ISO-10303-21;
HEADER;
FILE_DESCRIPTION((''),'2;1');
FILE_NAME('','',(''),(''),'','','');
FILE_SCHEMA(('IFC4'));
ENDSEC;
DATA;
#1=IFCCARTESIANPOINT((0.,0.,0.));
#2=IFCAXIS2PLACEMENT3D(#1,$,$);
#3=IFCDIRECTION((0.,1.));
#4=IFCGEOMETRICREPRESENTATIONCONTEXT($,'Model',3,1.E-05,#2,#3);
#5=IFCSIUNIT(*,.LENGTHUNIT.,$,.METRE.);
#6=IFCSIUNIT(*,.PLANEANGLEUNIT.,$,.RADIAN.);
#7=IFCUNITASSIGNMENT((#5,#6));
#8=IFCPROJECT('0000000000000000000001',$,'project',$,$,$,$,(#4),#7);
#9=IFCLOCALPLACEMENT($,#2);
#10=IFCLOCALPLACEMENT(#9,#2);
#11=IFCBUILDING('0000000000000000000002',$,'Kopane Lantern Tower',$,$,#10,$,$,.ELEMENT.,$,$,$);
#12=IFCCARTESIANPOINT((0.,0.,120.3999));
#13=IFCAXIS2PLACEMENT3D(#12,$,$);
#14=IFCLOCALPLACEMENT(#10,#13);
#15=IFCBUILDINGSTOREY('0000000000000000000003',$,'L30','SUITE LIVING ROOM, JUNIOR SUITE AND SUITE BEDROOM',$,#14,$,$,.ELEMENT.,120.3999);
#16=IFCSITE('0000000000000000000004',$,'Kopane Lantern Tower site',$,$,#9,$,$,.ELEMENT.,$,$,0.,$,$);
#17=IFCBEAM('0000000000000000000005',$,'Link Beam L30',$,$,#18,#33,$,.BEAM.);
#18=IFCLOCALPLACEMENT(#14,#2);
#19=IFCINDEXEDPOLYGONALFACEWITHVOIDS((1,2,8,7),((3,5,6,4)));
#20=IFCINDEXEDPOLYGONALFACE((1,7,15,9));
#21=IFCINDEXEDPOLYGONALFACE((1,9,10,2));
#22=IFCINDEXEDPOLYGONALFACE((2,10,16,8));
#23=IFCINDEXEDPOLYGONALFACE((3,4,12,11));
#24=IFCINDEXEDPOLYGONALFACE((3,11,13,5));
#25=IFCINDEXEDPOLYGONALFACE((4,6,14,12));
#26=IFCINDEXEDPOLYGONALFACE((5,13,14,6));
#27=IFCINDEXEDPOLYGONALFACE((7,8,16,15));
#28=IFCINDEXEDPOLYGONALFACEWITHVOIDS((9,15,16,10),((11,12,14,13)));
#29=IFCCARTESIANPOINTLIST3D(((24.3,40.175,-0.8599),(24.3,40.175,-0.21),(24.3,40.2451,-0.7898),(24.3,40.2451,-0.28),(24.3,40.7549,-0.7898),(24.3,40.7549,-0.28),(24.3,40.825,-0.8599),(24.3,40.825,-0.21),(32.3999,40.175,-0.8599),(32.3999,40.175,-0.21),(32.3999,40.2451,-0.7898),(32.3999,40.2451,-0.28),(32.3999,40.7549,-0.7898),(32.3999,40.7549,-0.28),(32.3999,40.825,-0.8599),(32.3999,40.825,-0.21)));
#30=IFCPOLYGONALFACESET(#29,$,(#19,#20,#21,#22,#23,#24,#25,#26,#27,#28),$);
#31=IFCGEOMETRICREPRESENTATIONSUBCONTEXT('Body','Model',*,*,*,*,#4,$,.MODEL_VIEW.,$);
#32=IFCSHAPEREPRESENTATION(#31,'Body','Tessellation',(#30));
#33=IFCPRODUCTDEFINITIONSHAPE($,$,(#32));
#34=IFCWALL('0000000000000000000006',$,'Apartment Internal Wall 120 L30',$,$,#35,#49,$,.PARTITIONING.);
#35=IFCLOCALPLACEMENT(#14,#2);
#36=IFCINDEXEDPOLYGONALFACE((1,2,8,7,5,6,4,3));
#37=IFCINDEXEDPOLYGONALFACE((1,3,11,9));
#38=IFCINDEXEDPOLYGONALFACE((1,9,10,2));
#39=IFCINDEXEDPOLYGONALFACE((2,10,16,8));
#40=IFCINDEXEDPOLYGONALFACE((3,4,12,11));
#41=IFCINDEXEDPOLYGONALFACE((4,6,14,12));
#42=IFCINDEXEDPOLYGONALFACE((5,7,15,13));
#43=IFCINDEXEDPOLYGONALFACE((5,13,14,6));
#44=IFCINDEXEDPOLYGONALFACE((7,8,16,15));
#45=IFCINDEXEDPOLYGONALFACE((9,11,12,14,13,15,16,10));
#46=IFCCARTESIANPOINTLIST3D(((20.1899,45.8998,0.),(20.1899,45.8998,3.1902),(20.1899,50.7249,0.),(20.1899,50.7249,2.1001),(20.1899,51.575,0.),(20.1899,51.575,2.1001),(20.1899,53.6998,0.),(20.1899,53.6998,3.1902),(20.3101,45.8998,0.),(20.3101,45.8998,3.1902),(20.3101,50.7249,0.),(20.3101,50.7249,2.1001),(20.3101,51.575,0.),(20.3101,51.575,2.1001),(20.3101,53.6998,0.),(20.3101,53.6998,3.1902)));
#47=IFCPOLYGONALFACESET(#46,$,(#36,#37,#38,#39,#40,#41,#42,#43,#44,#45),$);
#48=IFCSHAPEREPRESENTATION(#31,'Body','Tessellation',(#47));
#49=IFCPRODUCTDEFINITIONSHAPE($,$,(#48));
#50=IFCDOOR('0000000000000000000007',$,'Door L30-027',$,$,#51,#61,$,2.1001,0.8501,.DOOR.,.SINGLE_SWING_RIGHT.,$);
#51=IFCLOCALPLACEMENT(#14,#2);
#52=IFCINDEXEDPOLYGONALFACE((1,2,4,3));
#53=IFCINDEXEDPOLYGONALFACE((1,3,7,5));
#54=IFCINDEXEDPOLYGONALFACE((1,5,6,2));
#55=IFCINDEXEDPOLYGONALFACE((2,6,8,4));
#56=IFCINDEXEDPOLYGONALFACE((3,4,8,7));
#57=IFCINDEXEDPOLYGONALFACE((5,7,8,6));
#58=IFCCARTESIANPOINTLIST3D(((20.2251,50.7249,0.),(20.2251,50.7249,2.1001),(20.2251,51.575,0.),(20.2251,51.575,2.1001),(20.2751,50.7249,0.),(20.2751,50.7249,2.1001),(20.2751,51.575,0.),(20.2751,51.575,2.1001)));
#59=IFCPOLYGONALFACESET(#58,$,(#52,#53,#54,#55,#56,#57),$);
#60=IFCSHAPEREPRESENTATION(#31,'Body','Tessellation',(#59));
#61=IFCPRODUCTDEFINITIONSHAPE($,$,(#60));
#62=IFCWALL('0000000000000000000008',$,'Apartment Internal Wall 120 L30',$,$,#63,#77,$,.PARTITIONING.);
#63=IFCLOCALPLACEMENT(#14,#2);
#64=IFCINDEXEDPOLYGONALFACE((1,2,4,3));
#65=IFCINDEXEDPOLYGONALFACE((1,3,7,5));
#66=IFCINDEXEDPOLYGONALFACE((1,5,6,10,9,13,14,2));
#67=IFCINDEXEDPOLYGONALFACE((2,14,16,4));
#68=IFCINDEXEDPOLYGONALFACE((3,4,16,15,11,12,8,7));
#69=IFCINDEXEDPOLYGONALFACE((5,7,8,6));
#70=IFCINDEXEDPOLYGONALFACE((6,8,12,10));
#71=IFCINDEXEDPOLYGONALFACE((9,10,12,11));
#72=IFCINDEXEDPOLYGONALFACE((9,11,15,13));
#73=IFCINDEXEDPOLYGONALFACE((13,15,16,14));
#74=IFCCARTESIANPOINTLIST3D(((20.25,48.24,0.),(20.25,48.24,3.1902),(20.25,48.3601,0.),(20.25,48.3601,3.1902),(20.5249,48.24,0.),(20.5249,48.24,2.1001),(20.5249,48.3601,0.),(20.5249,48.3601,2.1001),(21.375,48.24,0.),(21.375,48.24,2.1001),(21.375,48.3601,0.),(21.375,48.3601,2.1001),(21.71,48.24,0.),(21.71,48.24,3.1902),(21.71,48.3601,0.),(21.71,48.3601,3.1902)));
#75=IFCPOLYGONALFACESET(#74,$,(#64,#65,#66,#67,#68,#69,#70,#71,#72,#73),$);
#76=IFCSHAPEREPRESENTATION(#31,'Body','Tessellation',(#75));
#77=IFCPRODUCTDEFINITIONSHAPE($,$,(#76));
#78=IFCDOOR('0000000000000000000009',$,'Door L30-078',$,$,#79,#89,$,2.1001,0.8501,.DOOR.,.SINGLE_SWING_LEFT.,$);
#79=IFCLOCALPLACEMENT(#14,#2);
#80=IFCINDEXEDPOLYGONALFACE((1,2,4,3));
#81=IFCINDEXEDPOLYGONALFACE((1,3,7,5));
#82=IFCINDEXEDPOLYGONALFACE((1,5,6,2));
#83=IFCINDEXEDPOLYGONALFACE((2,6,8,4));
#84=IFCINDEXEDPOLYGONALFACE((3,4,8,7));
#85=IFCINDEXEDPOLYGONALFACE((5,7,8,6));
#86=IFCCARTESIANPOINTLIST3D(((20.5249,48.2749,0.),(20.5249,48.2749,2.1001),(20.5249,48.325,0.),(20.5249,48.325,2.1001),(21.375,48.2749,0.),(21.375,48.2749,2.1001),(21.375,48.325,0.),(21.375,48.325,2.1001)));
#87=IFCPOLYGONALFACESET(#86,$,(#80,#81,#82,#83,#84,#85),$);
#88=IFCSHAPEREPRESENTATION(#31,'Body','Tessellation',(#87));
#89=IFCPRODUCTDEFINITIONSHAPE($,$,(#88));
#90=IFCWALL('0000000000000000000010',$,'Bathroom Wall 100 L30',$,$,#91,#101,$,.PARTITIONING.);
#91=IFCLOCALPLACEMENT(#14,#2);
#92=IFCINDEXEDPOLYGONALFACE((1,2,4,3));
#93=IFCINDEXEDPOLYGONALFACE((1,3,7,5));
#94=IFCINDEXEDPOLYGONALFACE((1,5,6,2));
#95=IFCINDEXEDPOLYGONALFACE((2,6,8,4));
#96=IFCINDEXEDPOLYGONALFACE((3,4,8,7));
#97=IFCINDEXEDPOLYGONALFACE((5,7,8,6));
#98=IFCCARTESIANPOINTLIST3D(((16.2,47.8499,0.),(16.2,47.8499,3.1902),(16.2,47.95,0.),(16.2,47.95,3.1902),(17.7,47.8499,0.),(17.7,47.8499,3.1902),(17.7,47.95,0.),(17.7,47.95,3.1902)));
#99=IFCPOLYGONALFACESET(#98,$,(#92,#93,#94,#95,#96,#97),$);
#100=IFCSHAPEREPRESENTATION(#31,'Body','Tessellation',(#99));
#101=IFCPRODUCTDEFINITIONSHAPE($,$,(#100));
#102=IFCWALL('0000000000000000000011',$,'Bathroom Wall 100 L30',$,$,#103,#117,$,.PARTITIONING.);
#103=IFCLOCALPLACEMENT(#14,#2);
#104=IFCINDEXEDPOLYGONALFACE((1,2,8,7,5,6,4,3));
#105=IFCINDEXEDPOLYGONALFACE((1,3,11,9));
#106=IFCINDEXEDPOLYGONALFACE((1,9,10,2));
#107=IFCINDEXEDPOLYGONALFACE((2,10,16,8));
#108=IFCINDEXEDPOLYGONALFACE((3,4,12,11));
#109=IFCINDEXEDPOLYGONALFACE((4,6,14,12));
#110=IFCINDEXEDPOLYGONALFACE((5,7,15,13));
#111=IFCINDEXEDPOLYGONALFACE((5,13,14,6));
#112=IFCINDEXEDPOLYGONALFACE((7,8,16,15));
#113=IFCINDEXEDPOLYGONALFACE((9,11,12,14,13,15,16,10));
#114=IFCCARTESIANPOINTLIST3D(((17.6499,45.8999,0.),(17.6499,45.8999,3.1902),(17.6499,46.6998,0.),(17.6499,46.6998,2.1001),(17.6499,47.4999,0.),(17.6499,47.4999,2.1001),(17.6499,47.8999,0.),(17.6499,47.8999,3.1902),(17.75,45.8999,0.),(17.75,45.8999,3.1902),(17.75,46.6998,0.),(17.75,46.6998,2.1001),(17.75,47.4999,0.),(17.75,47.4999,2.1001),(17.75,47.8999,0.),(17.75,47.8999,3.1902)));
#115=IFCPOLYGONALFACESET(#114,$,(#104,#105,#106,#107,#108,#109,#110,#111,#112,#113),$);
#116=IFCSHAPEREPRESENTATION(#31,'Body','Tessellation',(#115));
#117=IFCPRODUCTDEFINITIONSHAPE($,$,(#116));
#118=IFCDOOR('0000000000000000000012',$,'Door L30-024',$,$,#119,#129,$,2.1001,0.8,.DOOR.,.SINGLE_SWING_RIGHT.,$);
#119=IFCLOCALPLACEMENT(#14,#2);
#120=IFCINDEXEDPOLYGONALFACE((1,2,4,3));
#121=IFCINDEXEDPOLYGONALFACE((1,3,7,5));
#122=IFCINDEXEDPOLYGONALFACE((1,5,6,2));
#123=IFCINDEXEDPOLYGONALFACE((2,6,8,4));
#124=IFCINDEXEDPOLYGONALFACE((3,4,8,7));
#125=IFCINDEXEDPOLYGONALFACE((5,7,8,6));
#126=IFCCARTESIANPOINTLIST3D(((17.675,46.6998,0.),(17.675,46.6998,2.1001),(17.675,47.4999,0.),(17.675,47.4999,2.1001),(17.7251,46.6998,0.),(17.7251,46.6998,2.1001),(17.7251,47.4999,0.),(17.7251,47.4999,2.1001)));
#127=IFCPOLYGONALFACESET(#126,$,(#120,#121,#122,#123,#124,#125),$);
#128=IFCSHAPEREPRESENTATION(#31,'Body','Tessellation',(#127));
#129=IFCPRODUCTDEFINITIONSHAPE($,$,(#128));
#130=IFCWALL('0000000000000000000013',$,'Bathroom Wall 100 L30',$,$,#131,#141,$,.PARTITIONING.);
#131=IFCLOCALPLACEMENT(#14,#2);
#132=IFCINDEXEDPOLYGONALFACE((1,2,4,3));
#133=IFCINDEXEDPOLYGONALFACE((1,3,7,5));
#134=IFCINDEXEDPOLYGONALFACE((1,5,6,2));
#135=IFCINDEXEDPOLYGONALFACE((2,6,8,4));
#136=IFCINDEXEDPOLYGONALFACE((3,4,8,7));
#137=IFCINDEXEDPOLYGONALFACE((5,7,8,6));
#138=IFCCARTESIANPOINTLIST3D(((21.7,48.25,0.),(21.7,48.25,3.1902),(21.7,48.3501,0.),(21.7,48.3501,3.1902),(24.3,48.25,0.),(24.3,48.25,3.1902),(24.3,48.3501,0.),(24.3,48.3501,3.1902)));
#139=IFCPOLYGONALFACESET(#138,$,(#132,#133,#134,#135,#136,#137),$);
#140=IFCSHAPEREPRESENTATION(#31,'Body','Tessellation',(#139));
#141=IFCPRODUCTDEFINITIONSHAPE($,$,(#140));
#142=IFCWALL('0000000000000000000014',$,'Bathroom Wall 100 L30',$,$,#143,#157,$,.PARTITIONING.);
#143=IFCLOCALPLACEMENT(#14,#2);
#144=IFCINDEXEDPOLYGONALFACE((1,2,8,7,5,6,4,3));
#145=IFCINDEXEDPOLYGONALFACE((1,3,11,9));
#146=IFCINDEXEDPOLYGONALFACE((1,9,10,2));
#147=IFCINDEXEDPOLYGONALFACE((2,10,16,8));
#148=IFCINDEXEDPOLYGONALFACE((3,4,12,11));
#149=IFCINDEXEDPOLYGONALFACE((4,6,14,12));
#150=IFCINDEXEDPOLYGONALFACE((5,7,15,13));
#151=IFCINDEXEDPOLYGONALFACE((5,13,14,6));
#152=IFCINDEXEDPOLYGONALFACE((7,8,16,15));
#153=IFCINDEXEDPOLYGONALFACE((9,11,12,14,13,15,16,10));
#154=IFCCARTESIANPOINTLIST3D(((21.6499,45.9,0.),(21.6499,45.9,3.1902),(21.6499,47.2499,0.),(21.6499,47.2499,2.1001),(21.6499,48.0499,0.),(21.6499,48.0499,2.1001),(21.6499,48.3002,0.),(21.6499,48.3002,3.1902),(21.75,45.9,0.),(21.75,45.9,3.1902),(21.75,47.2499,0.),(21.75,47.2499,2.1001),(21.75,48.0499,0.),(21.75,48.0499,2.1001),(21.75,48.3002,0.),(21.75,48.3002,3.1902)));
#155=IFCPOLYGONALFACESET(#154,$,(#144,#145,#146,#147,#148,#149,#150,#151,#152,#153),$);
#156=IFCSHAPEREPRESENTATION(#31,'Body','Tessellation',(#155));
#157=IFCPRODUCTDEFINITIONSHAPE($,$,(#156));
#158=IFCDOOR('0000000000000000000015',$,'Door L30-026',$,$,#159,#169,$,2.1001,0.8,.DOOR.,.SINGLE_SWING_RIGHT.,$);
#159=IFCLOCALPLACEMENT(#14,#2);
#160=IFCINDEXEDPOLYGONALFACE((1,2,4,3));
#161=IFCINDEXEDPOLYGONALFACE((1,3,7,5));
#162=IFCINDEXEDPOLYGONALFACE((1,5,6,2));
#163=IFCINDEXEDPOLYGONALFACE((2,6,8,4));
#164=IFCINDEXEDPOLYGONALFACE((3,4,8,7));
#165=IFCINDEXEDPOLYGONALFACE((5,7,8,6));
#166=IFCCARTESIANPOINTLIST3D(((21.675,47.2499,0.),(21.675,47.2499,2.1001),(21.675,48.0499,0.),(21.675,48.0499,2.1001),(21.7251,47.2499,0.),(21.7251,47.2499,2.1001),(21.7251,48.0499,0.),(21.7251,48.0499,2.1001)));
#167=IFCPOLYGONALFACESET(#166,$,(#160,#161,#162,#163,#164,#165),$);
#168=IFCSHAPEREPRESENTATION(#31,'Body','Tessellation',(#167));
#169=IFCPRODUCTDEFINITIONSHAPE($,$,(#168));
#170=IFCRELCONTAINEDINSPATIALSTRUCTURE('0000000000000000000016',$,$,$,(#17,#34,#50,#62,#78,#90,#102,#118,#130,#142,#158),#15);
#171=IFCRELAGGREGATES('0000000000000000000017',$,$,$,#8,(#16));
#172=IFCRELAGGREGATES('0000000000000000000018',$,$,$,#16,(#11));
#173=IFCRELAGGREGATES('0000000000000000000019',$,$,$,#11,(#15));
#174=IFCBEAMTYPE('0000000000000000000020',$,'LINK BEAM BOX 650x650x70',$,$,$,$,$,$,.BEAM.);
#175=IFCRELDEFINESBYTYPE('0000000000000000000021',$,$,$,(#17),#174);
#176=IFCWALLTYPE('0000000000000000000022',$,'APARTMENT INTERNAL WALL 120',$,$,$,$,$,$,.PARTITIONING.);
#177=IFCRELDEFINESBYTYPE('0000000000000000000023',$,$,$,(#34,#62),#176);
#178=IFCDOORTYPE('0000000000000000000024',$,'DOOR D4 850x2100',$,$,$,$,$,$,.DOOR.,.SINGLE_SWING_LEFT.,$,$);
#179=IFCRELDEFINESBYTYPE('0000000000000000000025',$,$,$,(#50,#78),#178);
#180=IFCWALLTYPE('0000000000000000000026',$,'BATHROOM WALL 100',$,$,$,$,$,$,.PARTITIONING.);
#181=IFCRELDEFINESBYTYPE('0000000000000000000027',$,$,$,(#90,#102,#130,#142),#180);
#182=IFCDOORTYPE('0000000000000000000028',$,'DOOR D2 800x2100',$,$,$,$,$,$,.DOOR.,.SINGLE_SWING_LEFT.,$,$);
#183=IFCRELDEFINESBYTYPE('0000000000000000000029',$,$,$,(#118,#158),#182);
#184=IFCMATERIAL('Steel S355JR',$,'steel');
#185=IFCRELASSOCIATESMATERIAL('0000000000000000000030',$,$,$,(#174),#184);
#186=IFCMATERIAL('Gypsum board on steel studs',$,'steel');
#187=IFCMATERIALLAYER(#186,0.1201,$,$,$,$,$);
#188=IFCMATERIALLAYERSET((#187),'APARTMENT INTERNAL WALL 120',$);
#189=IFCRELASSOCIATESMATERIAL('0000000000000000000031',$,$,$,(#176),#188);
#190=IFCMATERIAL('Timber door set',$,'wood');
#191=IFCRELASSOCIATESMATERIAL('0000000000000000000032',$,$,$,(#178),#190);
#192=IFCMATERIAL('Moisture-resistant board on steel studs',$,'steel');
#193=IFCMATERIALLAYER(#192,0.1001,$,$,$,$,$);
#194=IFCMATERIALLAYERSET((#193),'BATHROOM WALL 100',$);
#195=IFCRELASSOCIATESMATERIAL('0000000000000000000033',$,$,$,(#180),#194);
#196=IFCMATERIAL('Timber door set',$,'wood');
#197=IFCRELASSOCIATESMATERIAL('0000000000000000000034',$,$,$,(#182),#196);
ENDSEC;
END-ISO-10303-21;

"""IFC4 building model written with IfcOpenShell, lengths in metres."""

from ifc_helpers import new_model, si_unit, direction, frame, frame_2d, origin, origin_2d, place, context, subcontext, project, spatial, rectangle, hollow_rectangle, extrude, material, layer, layer_set, material_profile, profile_set, type_object, element, fill, save


model = new_model("IFC4")

# Units and contexts
model_context = context("Model", 3, precision=1e-05, world=origin(), true_north=direction((0.0, 1.0)))
body_context = subcontext(model_context, "Body", "Model", "MODEL_VIEW")
ifc_project = project(units=[si_unit("LENGTHUNIT", "METRE"), si_unit("PLANEANGLEUNIT", "RADIAN")], contexts=[model_context])

# Site, building, storey
site_placement = place(None, origin())
site = spatial("IfcSite", under=ifc_project, at=site_placement, Name="Kopane Lantern Tower site", CompositionType="ELEMENT", RefElevation=0.0)
building_placement = place(site_placement, origin())
building = spatial("IfcBuilding", under=site, at=building_placement, Name="Kopane Lantern Tower", CompositionType="ELEMENT")
storey_placement = place(building_placement, frame((0.0, 0.0, 120.3999)))
storey = spatial("IfcBuildingStorey", under=building, at=storey_placement, Name="L30", Description="SUITE LIVING ROOM, JUNIOR SUITE AND SUITE BEDROOM", CompositionType="ELEMENT", Elevation=120.3999)

# Beam
ifc_material_1 = material(Name="Steel S355JR", Category="steel")
ifc_material_profile_1 = material_profile(ifc_material_1, hollow_rectangle(XDim=0.6499, YDim=0.6499, WallThickness=0.0701, at=origin_2d()), Name="BOX 650x650x70")
ifc_profile_set_1 = profile_set([ifc_material_profile_1], Name="Steel S355JR")
beam_type_1 = type_object("IfcBeamType", Name="LINK BEAM BOX 650x650x70", PredefinedType="BEAM", material=ifc_profile_set_1)
beam_placement = place(storey_placement, frame((24.3, 40.5, -0.5349), z_axis=(1.0, 0.0, 0.0), x_axis=(0.0, 1.0, 0.0)))
element("IfcBeam", 1, at=beam_placement, inside=storey, type_object=beam_type_1, Name="Link Beam L30", PredefinedType="BEAM", context=body_context, shape_type="SweptSolid", body=[
    extrude(hollow_rectangle(XDim=0.6499, YDim=0.6499, WallThickness=0.0701, at=origin_2d()), origin(), (0.0, 0.0, 1.0), 8.0999),
])

# Walls, openings, doors
ifc_material_2 = material(Name="Gypsum board on steel studs", Category="steel")
ifc_layer_1 = layer(ifc_material_2, 0.1201)
ifc_layer_set_1 = layer_set([ifc_layer_1], Name="APARTMENT INTERNAL WALL 120")
wall_type_1 = type_object("IfcWallType", Name="APARTMENT INTERNAL WALL 120", PredefinedType="PARTITIONING", material=ifc_layer_set_1)
wall_1_placement = place(storey_placement, frame((20.25, 45.8999, 0.0), z_axis=(0.0, 0.0, 1.0), x_axis=(0.0, 1.0, 0.0)))
wall_1 = element("IfcWall", 2, at=wall_1_placement, inside=storey, type_object=wall_type_1, Name="Apartment Internal Wall 120 L30", PredefinedType="PARTITIONING", context=body_context, shape_type="SweptSolid", body=[
    extrude(rectangle(XDim=7.8, YDim=0.1201, at=frame_2d((3.8999, 0.0))), origin(), (0.0, 0.0, 1.0), 3.1902),
])
opening_1_placement = place(wall_1_placement, frame((4.825, 0.0, 0.0)))
opening_1 = element("IfcOpeningElement", 3, at=opening_1_placement, cuts=wall_1, PredefinedType="OPENING", context=body_context, shape_type="SweptSolid", body=[
    extrude(rectangle(XDim=0.8501, YDim=2.1001, at=frame_2d((0.425, 1.05))), frame((0.0, 0.0701, 0.0), z_axis=(0.0, -1.0, 0.0), x_axis=(1.0, 0.0, 0.0)), (0.0, 0.0, 1.0), 0.1401),
])
ifc_material_3 = material(Name="Timber door set", Category="wood")
door_type_1 = type_object("IfcDoorType", Name="DOOR D4 850x2100", OperationType="SINGLE_SWING_LEFT", PredefinedType="DOOR", material=ifc_material_3)
door_1_placement = place(opening_1_placement, origin())
door_1 = element("IfcDoor", 4, at=door_1_placement, inside=storey, type_object=door_type_1, Name="Door L30-027", OperationType="SINGLE_SWING_RIGHT", OverallHeight=2.1001, OverallWidth=0.8501, PredefinedType="DOOR", context=body_context, shape_type="SweptSolid", body=[
    extrude(rectangle(XDim=0.8501, YDim=2.1001, at=frame_2d((0.425, 1.05))), frame((0.0, 0.0249, 0.0), z_axis=(0.0, -1.0, 0.0), x_axis=(1.0, 0.0, 0.0)), (0.0, 0.0, 1.0), 0.05),
])
fill(opening_1, door_1)
wall_2_placement = place(storey_placement, frame((20.25, 48.3, 0.0), z_axis=(0.0, 0.0, 1.0), x_axis=(1.0, 0.0, 0.0)))
wall_2 = element("IfcWall", 5, at=wall_2_placement, inside=storey, type_object=wall_type_1, Name="Apartment Internal Wall 120 L30", PredefinedType="PARTITIONING", context=body_context, shape_type="SweptSolid", body=[
    extrude(rectangle(XDim=1.46, YDim=0.1201, at=frame_2d((0.73, 0.0))), origin(), (0.0, 0.0, 1.0), 3.1902),
])
opening_2_placement = place(wall_2_placement, frame((0.2749, 0.0, 0.0)))
opening_2 = element("IfcOpeningElement", 6, at=opening_2_placement, cuts=wall_2, PredefinedType="OPENING", context=body_context, shape_type="SweptSolid", body=[
    extrude(rectangle(XDim=0.8501, YDim=2.1001, at=frame_2d((0.425, 1.05))), frame((0.0, 0.0701, 0.0), z_axis=(0.0, -1.0, 0.0), x_axis=(1.0, 0.0, 0.0)), (0.0, 0.0, 1.0), 0.1401),
])
door_2_placement = place(opening_2_placement, origin())
door_2 = element("IfcDoor", 7, at=door_2_placement, inside=storey, type_object=door_type_1, Name="Door L30-078", OperationType="SINGLE_SWING_LEFT", OverallHeight=2.1001, OverallWidth=0.8501, PredefinedType="DOOR", context=body_context, shape_type="SweptSolid", body=[
    extrude(rectangle(XDim=0.8501, YDim=2.1001, at=frame_2d((0.425, 1.05))), frame((0.0, 0.0249, 0.0), z_axis=(0.0, -1.0, 0.0), x_axis=(1.0, 0.0, 0.0)), (0.0, 0.0, 1.0), 0.05),
])
fill(opening_2, door_2)

# Wall
ifc_material_4 = material(Name="Moisture-resistant board on steel studs", Category="steel")
ifc_layer_2 = layer(ifc_material_4, 0.1001)
ifc_layer_set_2 = layer_set([ifc_layer_2], Name="BATHROOM WALL 100")
wall_type_2 = type_object("IfcWallType", Name="BATHROOM WALL 100", PredefinedType="PARTITIONING", material=ifc_layer_set_2)
wall_3_placement = place(storey_placement, frame((16.2, 47.8999, 0.0), z_axis=(0.0, 0.0, 1.0), x_axis=(1.0, 0.0, 0.0)))
element("IfcWall", 8, at=wall_3_placement, inside=storey, type_object=wall_type_2, Name="Bathroom Wall 100 L30", PredefinedType="PARTITIONING", context=body_context, shape_type="SweptSolid", body=[
    extrude(rectangle(XDim=1.5, YDim=0.1001, at=frame_2d((0.75, 0.0))), origin(), (0.0, 0.0, 1.0), 3.1902),
])

# Wall, opening, door
wall_4_placement = place(storey_placement, frame((17.7, 45.8999, 0.0), z_axis=(0.0, 0.0, 1.0), x_axis=(0.0, 1.0, 0.0)))
wall_4 = element("IfcWall", 9, at=wall_4_placement, inside=storey, type_object=wall_type_2, Name="Bathroom Wall 100 L30", PredefinedType="PARTITIONING", context=body_context, shape_type="SweptSolid", body=[
    extrude(rectangle(XDim=2.0, YDim=0.1001, at=frame_2d((1.0, 0.0))), origin(), (0.0, 0.0, 1.0), 3.1902),
])
opening_3_placement = place(wall_4_placement, frame((0.8, 0.0, 0.0)))
opening_3 = element("IfcOpeningElement", 10, at=opening_3_placement, cuts=wall_4, PredefinedType="OPENING", context=body_context, shape_type="SweptSolid", body=[
    extrude(rectangle(XDim=0.8, YDim=2.1001, at=frame_2d((0.3999, 1.05))), frame((0.0, 0.0601, 0.0), z_axis=(0.0, -1.0, 0.0), x_axis=(1.0, 0.0, 0.0)), (0.0, 0.0, 1.0), 0.1201),
])
ifc_material_5 = material(Name="Timber door set", Category="wood")
door_type_2 = type_object("IfcDoorType", Name="DOOR D2 800x2100", OperationType="SINGLE_SWING_LEFT", PredefinedType="DOOR", material=ifc_material_5)
door_3_placement = place(opening_3_placement, origin())
door_3 = element("IfcDoor", 11, at=door_3_placement, inside=storey, type_object=door_type_2, Name="Door L30-024", OperationType="SINGLE_SWING_RIGHT", OverallHeight=2.1001, OverallWidth=0.8, PredefinedType="DOOR", context=body_context, shape_type="SweptSolid", body=[
    extrude(rectangle(XDim=0.8, YDim=2.1001, at=frame_2d((0.3999, 1.05))), frame((0.0, 0.0249, 0.0), z_axis=(0.0, -1.0, 0.0), x_axis=(1.0, 0.0, 0.0)), (0.0, 0.0, 1.0), 0.05),
])
fill(opening_3, door_3)

# Wall
wall_5_placement = place(storey_placement, frame((21.7, 48.3, 0.0), z_axis=(0.0, 0.0, 1.0), x_axis=(1.0, 0.0, 0.0)))
element("IfcWall", 12, at=wall_5_placement, inside=storey, type_object=wall_type_2, Name="Bathroom Wall 100 L30", PredefinedType="PARTITIONING", context=body_context, shape_type="SweptSolid", body=[
    extrude(rectangle(XDim=2.6001, YDim=0.1001, at=frame_2d((1.3, 0.0))), origin(), (0.0, 0.0, 1.0), 3.1902),
])

# Wall, opening, door
wall_6_placement = place(storey_placement, frame((21.7, 45.8999, 0.0), z_axis=(0.0, 0.0, 1.0), x_axis=(0.0, 1.0, 0.0)))
wall_6 = element("IfcWall", 13, at=wall_6_placement, inside=storey, type_object=wall_type_2, Name="Bathroom Wall 100 L30", PredefinedType="PARTITIONING", context=body_context, shape_type="SweptSolid", body=[
    extrude(rectangle(XDim=2.4001, YDim=0.1001, at=frame_2d((1.2002, 0.0))), origin(), (0.0, 0.0, 1.0), 3.1902),
])
opening_4_placement = place(wall_6_placement, frame((1.3501, 0.0, 0.0)))
opening_4 = element("IfcOpeningElement", 14, at=opening_4_placement, cuts=wall_6, PredefinedType="OPENING", context=body_context, shape_type="SweptSolid", body=[
    extrude(rectangle(XDim=0.8, YDim=2.1001, at=frame_2d((0.3999, 1.05))), frame((0.0, 0.0601, 0.0), z_axis=(0.0, -1.0, 0.0), x_axis=(1.0, 0.0, 0.0)), (0.0, 0.0, 1.0), 0.1201),
])
door_4_placement = place(opening_4_placement, origin())
door_4 = element("IfcDoor", 15, at=door_4_placement, inside=storey, type_object=door_type_2, Name="Door L30-026", OperationType="SINGLE_SWING_RIGHT", OverallHeight=2.1001, OverallWidth=0.8, PredefinedType="DOOR", context=body_context, shape_type="SweptSolid", body=[
    extrude(rectangle(XDim=0.8, YDim=2.1001, at=frame_2d((0.3999, 1.05))), frame((0.0, 0.0249, 0.0), z_axis=(0.0, -1.0, 0.0), x_axis=(1.0, 0.0, 0.0)), (0.0, 0.0, 1.0), 0.05),
])
fill(opening_4, door_4)

save(model, "model.ifc")
